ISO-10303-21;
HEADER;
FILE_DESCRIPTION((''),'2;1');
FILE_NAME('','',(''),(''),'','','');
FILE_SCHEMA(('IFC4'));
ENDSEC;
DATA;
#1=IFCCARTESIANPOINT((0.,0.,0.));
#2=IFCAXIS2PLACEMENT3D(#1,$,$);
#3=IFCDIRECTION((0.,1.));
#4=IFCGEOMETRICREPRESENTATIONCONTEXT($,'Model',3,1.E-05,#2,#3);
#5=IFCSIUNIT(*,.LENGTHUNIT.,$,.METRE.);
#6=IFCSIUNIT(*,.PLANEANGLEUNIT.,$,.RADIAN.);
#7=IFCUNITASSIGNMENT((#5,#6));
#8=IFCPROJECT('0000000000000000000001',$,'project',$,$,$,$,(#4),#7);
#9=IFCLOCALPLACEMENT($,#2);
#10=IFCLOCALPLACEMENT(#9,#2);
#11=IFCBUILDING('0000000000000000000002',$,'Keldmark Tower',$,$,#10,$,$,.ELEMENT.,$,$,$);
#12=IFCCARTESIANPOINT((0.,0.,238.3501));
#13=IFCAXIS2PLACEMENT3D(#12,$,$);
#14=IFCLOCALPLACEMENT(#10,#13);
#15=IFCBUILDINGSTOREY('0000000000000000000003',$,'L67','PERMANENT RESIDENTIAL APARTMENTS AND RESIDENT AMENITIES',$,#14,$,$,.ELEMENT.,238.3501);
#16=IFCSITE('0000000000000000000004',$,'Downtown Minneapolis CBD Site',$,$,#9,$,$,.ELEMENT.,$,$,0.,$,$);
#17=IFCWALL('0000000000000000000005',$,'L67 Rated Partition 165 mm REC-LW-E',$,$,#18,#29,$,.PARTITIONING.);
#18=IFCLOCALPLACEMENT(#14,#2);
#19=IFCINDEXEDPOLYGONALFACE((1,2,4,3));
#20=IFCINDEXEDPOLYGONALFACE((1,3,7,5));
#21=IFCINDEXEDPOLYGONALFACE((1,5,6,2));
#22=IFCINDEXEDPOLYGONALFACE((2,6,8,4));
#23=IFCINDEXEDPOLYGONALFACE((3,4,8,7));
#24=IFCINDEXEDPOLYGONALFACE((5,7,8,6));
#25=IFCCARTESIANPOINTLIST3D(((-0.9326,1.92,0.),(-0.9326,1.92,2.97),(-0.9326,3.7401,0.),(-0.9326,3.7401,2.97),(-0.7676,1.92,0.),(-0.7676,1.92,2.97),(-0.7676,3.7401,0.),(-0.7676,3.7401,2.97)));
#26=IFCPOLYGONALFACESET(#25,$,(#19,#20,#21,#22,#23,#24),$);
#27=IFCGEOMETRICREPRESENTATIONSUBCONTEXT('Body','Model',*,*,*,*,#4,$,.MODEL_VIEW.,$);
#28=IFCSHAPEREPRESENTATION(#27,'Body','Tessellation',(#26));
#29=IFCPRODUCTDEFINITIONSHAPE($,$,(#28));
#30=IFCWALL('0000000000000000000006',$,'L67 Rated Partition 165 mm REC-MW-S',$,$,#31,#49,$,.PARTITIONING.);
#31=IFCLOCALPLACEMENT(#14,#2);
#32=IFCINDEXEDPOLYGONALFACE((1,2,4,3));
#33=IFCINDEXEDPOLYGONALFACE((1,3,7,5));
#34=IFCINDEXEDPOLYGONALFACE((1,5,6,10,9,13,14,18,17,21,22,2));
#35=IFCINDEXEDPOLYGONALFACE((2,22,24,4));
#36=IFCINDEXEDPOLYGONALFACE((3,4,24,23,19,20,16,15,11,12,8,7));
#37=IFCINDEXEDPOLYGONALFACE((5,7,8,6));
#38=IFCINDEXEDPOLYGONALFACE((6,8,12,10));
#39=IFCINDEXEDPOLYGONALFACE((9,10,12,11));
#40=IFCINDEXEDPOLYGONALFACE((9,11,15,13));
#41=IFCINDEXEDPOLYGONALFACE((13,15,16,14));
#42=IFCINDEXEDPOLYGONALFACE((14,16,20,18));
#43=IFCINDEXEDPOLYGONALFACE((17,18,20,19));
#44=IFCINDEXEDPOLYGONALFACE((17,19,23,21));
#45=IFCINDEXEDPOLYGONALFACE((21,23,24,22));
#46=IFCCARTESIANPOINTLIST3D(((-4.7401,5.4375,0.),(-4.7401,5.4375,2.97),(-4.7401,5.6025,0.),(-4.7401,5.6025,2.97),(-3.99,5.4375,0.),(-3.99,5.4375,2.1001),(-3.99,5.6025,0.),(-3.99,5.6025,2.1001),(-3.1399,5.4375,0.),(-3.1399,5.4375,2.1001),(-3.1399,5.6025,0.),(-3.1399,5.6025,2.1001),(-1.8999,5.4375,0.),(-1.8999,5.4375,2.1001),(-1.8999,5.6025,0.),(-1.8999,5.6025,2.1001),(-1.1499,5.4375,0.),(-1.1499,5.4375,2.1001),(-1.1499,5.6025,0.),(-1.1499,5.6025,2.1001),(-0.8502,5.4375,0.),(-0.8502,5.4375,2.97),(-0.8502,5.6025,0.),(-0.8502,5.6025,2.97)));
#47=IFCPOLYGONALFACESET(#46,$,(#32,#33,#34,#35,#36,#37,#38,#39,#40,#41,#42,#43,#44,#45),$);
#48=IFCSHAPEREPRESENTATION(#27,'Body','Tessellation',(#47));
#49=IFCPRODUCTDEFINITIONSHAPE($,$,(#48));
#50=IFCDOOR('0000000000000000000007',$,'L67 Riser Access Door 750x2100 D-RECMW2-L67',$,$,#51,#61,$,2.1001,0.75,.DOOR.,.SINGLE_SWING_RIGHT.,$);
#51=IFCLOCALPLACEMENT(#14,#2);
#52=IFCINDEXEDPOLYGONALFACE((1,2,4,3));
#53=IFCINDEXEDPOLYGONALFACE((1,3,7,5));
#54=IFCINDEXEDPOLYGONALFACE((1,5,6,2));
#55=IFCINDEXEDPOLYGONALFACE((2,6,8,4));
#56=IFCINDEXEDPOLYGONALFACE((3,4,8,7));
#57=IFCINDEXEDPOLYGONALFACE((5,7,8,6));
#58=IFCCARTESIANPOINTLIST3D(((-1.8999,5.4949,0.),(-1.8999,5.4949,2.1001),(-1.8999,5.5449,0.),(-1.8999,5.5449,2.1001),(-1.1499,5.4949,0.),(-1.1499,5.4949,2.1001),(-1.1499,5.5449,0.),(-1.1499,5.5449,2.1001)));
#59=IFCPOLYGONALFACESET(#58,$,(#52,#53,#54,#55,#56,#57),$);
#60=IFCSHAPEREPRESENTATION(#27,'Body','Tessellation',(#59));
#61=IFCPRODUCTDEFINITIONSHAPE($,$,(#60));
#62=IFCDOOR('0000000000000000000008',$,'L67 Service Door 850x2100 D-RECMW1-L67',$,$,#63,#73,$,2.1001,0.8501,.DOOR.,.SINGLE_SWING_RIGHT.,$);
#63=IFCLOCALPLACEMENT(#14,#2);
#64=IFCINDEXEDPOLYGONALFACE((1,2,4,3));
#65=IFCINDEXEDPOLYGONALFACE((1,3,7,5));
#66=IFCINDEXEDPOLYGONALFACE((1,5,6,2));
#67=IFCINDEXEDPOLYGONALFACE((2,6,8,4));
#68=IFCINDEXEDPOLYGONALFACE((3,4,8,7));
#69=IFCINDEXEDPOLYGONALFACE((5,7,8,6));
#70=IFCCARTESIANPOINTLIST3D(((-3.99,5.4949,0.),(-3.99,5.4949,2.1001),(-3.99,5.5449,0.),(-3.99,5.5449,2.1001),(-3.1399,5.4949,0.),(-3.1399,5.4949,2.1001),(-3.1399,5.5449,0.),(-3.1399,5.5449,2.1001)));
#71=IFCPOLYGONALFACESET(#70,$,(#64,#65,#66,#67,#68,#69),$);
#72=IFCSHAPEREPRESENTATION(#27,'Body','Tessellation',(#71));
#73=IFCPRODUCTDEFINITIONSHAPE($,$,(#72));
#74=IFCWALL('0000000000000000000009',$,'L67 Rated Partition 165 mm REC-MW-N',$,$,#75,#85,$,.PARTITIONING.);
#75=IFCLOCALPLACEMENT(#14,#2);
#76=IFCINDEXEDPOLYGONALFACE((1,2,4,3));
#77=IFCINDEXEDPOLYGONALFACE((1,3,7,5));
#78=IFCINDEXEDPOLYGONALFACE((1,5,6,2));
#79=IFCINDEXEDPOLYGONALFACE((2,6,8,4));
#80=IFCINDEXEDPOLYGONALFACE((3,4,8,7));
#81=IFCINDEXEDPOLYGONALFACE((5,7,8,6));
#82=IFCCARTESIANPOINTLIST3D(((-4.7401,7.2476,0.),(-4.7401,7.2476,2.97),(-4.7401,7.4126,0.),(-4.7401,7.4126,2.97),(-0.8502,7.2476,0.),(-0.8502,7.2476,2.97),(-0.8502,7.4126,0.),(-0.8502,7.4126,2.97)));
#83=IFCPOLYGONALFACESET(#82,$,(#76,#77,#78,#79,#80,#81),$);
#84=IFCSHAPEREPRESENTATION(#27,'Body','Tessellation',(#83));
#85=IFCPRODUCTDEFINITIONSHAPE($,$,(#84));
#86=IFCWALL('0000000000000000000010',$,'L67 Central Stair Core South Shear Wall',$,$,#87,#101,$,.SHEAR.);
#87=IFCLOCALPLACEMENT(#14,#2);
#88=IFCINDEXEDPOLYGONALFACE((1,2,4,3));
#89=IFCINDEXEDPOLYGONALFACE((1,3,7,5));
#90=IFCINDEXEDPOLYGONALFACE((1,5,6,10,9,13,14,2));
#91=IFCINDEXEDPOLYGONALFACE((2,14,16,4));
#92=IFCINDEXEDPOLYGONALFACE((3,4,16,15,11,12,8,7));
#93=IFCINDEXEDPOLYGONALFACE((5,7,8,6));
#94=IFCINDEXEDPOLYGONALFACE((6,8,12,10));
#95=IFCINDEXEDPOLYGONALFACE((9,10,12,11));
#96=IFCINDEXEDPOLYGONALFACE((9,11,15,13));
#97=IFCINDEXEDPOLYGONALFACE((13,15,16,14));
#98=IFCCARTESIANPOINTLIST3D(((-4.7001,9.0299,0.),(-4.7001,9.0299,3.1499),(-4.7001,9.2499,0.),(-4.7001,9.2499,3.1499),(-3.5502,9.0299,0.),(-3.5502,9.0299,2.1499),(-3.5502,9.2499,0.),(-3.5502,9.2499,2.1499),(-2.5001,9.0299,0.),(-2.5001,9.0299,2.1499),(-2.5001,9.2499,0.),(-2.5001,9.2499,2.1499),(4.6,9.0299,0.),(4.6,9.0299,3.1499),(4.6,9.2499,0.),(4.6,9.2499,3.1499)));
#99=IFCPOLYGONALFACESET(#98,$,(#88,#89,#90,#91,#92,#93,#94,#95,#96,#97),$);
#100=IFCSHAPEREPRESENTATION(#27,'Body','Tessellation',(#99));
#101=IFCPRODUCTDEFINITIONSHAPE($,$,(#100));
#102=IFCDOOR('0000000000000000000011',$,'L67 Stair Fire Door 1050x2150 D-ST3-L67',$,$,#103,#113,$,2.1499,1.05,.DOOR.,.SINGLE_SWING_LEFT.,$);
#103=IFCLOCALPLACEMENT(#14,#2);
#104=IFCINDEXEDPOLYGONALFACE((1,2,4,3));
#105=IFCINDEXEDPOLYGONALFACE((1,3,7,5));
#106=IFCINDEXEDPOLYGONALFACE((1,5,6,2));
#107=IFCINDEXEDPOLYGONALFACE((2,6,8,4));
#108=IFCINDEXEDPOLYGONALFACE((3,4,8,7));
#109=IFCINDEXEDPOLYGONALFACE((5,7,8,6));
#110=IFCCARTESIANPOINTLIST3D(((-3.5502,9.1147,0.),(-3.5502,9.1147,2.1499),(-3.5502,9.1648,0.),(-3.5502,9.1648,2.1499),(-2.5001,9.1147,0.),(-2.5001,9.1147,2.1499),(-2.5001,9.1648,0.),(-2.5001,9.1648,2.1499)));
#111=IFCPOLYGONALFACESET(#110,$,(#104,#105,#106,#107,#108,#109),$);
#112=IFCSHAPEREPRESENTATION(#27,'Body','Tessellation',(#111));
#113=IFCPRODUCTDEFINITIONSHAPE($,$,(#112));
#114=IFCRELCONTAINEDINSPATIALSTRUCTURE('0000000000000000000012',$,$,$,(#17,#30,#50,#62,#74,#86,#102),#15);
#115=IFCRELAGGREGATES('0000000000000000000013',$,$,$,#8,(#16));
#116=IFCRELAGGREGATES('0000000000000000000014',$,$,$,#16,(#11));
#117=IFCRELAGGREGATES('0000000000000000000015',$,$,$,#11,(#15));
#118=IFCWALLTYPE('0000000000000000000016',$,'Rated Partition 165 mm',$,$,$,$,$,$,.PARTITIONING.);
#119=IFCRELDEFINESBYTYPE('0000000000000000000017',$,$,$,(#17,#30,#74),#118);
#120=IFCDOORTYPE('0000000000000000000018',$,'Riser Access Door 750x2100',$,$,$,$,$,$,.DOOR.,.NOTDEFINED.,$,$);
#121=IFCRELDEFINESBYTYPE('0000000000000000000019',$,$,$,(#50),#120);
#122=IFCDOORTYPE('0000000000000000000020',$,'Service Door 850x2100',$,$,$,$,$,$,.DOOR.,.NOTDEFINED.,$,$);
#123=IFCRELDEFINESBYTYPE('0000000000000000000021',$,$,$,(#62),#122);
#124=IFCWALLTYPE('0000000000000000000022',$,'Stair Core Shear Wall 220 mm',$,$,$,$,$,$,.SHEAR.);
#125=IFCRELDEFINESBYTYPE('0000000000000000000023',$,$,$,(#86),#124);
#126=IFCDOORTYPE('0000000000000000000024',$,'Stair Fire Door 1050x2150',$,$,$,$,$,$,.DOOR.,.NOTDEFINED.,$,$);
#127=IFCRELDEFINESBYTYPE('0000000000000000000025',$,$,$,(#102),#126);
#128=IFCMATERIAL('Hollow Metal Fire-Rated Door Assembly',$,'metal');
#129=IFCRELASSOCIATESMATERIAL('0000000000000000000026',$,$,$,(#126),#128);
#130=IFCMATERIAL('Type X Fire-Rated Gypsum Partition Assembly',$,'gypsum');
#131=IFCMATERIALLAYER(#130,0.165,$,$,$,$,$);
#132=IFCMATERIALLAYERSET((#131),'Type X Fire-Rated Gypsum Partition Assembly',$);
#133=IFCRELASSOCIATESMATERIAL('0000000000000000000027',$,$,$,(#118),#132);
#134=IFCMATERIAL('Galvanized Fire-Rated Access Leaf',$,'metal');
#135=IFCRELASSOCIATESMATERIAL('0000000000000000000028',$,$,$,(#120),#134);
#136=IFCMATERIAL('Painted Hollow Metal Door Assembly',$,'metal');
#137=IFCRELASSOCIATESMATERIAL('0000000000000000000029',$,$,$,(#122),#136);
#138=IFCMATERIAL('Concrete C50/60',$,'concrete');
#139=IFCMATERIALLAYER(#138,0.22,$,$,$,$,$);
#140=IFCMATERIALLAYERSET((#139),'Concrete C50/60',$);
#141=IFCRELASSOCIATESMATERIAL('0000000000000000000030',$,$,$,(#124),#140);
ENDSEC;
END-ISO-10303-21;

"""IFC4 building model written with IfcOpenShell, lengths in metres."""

from ifc_helpers import new_model, si_unit, direction, frame, frame_2d, origin, place, context, subcontext, project, spatial, rectangle, extrude, material, layer, layer_set, type_object, element, fill, save


model = new_model("IFC4")

# Units and contexts
model_context = context("Model", 3, precision=1e-05, world=origin(), true_north=direction((0.0, 1.0)))
body_context = subcontext(model_context, "Body", "Model", "MODEL_VIEW")
ifc_project = project(units=[si_unit("LENGTHUNIT", "METRE"), si_unit("PLANEANGLEUNIT", "RADIAN")], contexts=[model_context])

# Site, building, storey
site_placement = place(None, origin())
site = spatial("IfcSite", under=ifc_project, at=site_placement, Name="Downtown Minneapolis CBD Site", CompositionType="ELEMENT", RefElevation=0.0)
building_placement = place(site_placement, origin())
building = spatial("IfcBuilding", under=site, at=building_placement, Name="Keldmark Tower", CompositionType="ELEMENT")
storey_placement = place(building_placement, frame((0.0, 0.0, 238.3501)))
storey = spatial("IfcBuildingStorey", under=building, at=storey_placement, Name="L67", Description="PERMANENT RESIDENTIAL APARTMENTS AND RESIDENT AMENITIES", CompositionType="ELEMENT", Elevation=238.3501)

# Shared definitions
ifc_material_1 = material(Name="Hollow Metal Fire-Rated Door Assembly", Category="metal")
door_type_1 = type_object("IfcDoorType", Name="Stair Fire Door 1050x2150", OperationType="NOTDEFINED", PredefinedType="DOOR", material=ifc_material_1)

# Shared definitions
ifc_material_2 = material(Name="Type X Fire-Rated Gypsum Partition Assembly", Category="gypsum")
ifc_layer_1 = layer(ifc_material_2, 0.165)
ifc_layer_set_1 = layer_set([ifc_layer_1], Name="Type X Fire-Rated Gypsum Partition Assembly")
wall_type_1 = type_object("IfcWallType", Name="Rated Partition 165 mm", PredefinedType="PARTITIONING", material=ifc_layer_set_1)

# Shared definitions
ifc_material_3 = material(Name="Galvanized Fire-Rated Access Leaf", Category="metal")
door_type_2 = type_object("IfcDoorType", Name="Riser Access Door 750x2100", OperationType="NOTDEFINED", PredefinedType="DOOR", material=ifc_material_3)
ifc_material_4 = material(Name="Painted Hollow Metal Door Assembly", Category="metal")
door_type_3 = type_object("IfcDoorType", Name="Service Door 850x2100", OperationType="NOTDEFINED", PredefinedType="DOOR", material=ifc_material_4)

# Wall
wall_1_placement = place(storey_placement, frame((-0.8501, 1.9199, 0.0), z_axis=(0.0, 0.0, 1.0), x_axis=(0.0, 1.0, 0.0)))
element("IfcWall", 1, at=wall_1_placement, inside=storey, type_object=wall_type_1, Name="L67 Rated Partition 165 mm REC-LW-E", PredefinedType="PARTITIONING", context=body_context, shape_type="SweptSolid", body=[
    extrude(rectangle(XDim=1.8201, YDim=0.165, at=frame_2d((0.9102, 0.0))), origin(), (0.0, 0.0, 1.0), 2.97),
])

# Wall, openings, doors
wall_2_placement = place(storey_placement, frame((-4.74, 5.52, 0.0), z_axis=(0.0, 0.0, 1.0), x_axis=(1.0, 0.0, 0.0)))
wall_2 = element("IfcWall", 2, at=wall_2_placement, inside=storey, type_object=wall_type_1, Name="L67 Rated Partition 165 mm REC-MW-S", PredefinedType="PARTITIONING", context=body_context, shape_type="SweptSolid", body=[
    extrude(rectangle(XDim=3.8899, YDim=0.165, at=frame_2d((1.9448, 0.0))), origin(), (0.0, 0.0, 1.0), 2.97),
])
opening_1_placement = place(wall_2_placement, frame((0.75, 0.0, 0.0)))
opening_1 = element("IfcOpeningElement", 3, at=opening_1_placement, cuts=wall_2, PredefinedType="OPENING", context=body_context, shape_type="SweptSolid", body=[
    extrude(rectangle(XDim=0.8501, YDim=2.1001, at=frame_2d((0.425, 1.05))), frame((0.0, 0.0925, 0.0), z_axis=(0.0, -1.0, 0.0), x_axis=(1.0, 0.0, 0.0)), (0.0, 0.0, 1.0), 0.1851),
])
opening_2_placement = place(wall_2_placement, frame((2.8401, 0.0, 0.0)))
opening_2 = element("IfcOpeningElement", 4, at=opening_2_placement, cuts=wall_2, PredefinedType="OPENING", context=body_context, shape_type="SweptSolid", body=[
    extrude(rectangle(XDim=0.75, YDim=2.1001, at=frame_2d((0.375, 1.05))), frame((0.0, 0.0925, 0.0), z_axis=(0.0, -1.0, 0.0), x_axis=(1.0, 0.0, 0.0)), (0.0, 0.0, 1.0), 0.1851),
])
door_1_placement = place(opening_2_placement, origin())
door_1 = element("IfcDoor", 5, at=door_1_placement, inside=storey, type_object=door_type_2, Name="L67 Riser Access Door 750x2100 D-RECMW2-L67", OperationType="SINGLE_SWING_RIGHT", OverallHeight=2.1001, OverallWidth=0.75, PredefinedType="DOOR", context=body_context, shape_type="SweptSolid", body=[
    extrude(rectangle(XDim=0.75, YDim=2.1001, at=frame_2d((0.375, 1.05))), frame((0.0, 0.0249, 0.0), z_axis=(0.0, -1.0, 0.0), x_axis=(1.0, 0.0, 0.0)), (0.0, 0.0, 1.0), 0.05),
])
fill(opening_2, door_1)
door_2_placement = place(opening_1_placement, origin())
door_2 = element("IfcDoor", 6, at=door_2_placement, inside=storey, type_object=door_type_3, Name="L67 Service Door 850x2100 D-RECMW1-L67", OperationType="SINGLE_SWING_RIGHT", OverallHeight=2.1001, OverallWidth=0.8501, PredefinedType="DOOR", context=body_context, shape_type="SweptSolid", body=[
    extrude(rectangle(XDim=0.8501, YDim=2.1001, at=frame_2d((0.425, 1.05))), frame((0.0, 0.0249, 0.0), z_axis=(0.0, -1.0, 0.0), x_axis=(1.0, 0.0, 0.0)), (0.0, 0.0, 1.0), 0.05),
])
fill(opening_1, door_2)

# Wall
wall_3_placement = place(storey_placement, frame((-4.74, 7.3301, 0.0), z_axis=(0.0, 0.0, 1.0), x_axis=(1.0, 0.0, 0.0)))
element("IfcWall", 7, at=wall_3_placement, inside=storey, type_object=wall_type_1, Name="L67 Rated Partition 165 mm REC-MW-N", PredefinedType="PARTITIONING", context=body_context, shape_type="SweptSolid", body=[
    extrude(rectangle(XDim=3.8899, YDim=0.165, at=frame_2d((1.9448, 0.0))), origin(), (0.0, 0.0, 1.0), 2.97),
])

# Wall, opening, door
ifc_material_5 = material(Name="Concrete C50/60", Category="concrete")
ifc_layer_2 = layer(ifc_material_5, 0.22)
ifc_layer_set_2 = layer_set([ifc_layer_2], Name="Concrete C50/60")
wall_type_2 = type_object("IfcWallType", Name="Stair Core Shear Wall 220 mm", PredefinedType="SHEAR", material=ifc_layer_set_2)
wall_4_placement = place(storey_placement, frame((-4.7, 9.1399, 0.0), z_axis=(0.0, 0.0, 1.0), x_axis=(1.0, 0.0, 0.0)))
wall_4 = element("IfcWall", 8, at=wall_4_placement, inside=storey, type_object=wall_type_2, Name="L67 Central Stair Core South Shear Wall", PredefinedType="SHEAR", context=body_context, shape_type="SweptSolid", body=[
    extrude(rectangle(XDim=9.3, YDim=0.22, at=frame_2d((4.6499, 0.0))), origin(), (0.0, 0.0, 1.0), 3.1499),
])
opening_3_placement = place(wall_4_placement, frame((1.1499, 0.0, 0.0)))
opening_3 = element("IfcOpeningElement", 9, at=opening_3_placement, cuts=wall_4, PredefinedType="OPENING", context=body_context, shape_type="SweptSolid", body=[
    extrude(rectangle(XDim=1.05, YDim=2.1499, at=frame_2d((0.5249, 1.075))), frame((0.0, 0.1199, 0.0), z_axis=(0.0, -1.0, 0.0), x_axis=(1.0, 0.0, 0.0)), (0.0, 0.0, 1.0), 0.24),
])
door_3_placement = place(opening_3_placement, origin())
door_3 = element("IfcDoor", 10, at=door_3_placement, inside=storey, type_object=door_type_1, Name="L67 Stair Fire Door 1050x2150 D-ST3-L67", OperationType="SINGLE_SWING_LEFT", OverallHeight=2.1499, OverallWidth=1.05, PredefinedType="DOOR", context=body_context, shape_type="SweptSolid", body=[
    extrude(rectangle(XDim=1.05, YDim=2.1499, at=frame_2d((0.5249, 1.075))), frame((0.0, 0.0249, 0.0), z_axis=(0.0, -1.0, 0.0), x_axis=(1.0, 0.0, 0.0)), (0.0, 0.0, 1.0), 0.05),
])
fill(opening_3, door_3)

save(model, "model.ifc")
